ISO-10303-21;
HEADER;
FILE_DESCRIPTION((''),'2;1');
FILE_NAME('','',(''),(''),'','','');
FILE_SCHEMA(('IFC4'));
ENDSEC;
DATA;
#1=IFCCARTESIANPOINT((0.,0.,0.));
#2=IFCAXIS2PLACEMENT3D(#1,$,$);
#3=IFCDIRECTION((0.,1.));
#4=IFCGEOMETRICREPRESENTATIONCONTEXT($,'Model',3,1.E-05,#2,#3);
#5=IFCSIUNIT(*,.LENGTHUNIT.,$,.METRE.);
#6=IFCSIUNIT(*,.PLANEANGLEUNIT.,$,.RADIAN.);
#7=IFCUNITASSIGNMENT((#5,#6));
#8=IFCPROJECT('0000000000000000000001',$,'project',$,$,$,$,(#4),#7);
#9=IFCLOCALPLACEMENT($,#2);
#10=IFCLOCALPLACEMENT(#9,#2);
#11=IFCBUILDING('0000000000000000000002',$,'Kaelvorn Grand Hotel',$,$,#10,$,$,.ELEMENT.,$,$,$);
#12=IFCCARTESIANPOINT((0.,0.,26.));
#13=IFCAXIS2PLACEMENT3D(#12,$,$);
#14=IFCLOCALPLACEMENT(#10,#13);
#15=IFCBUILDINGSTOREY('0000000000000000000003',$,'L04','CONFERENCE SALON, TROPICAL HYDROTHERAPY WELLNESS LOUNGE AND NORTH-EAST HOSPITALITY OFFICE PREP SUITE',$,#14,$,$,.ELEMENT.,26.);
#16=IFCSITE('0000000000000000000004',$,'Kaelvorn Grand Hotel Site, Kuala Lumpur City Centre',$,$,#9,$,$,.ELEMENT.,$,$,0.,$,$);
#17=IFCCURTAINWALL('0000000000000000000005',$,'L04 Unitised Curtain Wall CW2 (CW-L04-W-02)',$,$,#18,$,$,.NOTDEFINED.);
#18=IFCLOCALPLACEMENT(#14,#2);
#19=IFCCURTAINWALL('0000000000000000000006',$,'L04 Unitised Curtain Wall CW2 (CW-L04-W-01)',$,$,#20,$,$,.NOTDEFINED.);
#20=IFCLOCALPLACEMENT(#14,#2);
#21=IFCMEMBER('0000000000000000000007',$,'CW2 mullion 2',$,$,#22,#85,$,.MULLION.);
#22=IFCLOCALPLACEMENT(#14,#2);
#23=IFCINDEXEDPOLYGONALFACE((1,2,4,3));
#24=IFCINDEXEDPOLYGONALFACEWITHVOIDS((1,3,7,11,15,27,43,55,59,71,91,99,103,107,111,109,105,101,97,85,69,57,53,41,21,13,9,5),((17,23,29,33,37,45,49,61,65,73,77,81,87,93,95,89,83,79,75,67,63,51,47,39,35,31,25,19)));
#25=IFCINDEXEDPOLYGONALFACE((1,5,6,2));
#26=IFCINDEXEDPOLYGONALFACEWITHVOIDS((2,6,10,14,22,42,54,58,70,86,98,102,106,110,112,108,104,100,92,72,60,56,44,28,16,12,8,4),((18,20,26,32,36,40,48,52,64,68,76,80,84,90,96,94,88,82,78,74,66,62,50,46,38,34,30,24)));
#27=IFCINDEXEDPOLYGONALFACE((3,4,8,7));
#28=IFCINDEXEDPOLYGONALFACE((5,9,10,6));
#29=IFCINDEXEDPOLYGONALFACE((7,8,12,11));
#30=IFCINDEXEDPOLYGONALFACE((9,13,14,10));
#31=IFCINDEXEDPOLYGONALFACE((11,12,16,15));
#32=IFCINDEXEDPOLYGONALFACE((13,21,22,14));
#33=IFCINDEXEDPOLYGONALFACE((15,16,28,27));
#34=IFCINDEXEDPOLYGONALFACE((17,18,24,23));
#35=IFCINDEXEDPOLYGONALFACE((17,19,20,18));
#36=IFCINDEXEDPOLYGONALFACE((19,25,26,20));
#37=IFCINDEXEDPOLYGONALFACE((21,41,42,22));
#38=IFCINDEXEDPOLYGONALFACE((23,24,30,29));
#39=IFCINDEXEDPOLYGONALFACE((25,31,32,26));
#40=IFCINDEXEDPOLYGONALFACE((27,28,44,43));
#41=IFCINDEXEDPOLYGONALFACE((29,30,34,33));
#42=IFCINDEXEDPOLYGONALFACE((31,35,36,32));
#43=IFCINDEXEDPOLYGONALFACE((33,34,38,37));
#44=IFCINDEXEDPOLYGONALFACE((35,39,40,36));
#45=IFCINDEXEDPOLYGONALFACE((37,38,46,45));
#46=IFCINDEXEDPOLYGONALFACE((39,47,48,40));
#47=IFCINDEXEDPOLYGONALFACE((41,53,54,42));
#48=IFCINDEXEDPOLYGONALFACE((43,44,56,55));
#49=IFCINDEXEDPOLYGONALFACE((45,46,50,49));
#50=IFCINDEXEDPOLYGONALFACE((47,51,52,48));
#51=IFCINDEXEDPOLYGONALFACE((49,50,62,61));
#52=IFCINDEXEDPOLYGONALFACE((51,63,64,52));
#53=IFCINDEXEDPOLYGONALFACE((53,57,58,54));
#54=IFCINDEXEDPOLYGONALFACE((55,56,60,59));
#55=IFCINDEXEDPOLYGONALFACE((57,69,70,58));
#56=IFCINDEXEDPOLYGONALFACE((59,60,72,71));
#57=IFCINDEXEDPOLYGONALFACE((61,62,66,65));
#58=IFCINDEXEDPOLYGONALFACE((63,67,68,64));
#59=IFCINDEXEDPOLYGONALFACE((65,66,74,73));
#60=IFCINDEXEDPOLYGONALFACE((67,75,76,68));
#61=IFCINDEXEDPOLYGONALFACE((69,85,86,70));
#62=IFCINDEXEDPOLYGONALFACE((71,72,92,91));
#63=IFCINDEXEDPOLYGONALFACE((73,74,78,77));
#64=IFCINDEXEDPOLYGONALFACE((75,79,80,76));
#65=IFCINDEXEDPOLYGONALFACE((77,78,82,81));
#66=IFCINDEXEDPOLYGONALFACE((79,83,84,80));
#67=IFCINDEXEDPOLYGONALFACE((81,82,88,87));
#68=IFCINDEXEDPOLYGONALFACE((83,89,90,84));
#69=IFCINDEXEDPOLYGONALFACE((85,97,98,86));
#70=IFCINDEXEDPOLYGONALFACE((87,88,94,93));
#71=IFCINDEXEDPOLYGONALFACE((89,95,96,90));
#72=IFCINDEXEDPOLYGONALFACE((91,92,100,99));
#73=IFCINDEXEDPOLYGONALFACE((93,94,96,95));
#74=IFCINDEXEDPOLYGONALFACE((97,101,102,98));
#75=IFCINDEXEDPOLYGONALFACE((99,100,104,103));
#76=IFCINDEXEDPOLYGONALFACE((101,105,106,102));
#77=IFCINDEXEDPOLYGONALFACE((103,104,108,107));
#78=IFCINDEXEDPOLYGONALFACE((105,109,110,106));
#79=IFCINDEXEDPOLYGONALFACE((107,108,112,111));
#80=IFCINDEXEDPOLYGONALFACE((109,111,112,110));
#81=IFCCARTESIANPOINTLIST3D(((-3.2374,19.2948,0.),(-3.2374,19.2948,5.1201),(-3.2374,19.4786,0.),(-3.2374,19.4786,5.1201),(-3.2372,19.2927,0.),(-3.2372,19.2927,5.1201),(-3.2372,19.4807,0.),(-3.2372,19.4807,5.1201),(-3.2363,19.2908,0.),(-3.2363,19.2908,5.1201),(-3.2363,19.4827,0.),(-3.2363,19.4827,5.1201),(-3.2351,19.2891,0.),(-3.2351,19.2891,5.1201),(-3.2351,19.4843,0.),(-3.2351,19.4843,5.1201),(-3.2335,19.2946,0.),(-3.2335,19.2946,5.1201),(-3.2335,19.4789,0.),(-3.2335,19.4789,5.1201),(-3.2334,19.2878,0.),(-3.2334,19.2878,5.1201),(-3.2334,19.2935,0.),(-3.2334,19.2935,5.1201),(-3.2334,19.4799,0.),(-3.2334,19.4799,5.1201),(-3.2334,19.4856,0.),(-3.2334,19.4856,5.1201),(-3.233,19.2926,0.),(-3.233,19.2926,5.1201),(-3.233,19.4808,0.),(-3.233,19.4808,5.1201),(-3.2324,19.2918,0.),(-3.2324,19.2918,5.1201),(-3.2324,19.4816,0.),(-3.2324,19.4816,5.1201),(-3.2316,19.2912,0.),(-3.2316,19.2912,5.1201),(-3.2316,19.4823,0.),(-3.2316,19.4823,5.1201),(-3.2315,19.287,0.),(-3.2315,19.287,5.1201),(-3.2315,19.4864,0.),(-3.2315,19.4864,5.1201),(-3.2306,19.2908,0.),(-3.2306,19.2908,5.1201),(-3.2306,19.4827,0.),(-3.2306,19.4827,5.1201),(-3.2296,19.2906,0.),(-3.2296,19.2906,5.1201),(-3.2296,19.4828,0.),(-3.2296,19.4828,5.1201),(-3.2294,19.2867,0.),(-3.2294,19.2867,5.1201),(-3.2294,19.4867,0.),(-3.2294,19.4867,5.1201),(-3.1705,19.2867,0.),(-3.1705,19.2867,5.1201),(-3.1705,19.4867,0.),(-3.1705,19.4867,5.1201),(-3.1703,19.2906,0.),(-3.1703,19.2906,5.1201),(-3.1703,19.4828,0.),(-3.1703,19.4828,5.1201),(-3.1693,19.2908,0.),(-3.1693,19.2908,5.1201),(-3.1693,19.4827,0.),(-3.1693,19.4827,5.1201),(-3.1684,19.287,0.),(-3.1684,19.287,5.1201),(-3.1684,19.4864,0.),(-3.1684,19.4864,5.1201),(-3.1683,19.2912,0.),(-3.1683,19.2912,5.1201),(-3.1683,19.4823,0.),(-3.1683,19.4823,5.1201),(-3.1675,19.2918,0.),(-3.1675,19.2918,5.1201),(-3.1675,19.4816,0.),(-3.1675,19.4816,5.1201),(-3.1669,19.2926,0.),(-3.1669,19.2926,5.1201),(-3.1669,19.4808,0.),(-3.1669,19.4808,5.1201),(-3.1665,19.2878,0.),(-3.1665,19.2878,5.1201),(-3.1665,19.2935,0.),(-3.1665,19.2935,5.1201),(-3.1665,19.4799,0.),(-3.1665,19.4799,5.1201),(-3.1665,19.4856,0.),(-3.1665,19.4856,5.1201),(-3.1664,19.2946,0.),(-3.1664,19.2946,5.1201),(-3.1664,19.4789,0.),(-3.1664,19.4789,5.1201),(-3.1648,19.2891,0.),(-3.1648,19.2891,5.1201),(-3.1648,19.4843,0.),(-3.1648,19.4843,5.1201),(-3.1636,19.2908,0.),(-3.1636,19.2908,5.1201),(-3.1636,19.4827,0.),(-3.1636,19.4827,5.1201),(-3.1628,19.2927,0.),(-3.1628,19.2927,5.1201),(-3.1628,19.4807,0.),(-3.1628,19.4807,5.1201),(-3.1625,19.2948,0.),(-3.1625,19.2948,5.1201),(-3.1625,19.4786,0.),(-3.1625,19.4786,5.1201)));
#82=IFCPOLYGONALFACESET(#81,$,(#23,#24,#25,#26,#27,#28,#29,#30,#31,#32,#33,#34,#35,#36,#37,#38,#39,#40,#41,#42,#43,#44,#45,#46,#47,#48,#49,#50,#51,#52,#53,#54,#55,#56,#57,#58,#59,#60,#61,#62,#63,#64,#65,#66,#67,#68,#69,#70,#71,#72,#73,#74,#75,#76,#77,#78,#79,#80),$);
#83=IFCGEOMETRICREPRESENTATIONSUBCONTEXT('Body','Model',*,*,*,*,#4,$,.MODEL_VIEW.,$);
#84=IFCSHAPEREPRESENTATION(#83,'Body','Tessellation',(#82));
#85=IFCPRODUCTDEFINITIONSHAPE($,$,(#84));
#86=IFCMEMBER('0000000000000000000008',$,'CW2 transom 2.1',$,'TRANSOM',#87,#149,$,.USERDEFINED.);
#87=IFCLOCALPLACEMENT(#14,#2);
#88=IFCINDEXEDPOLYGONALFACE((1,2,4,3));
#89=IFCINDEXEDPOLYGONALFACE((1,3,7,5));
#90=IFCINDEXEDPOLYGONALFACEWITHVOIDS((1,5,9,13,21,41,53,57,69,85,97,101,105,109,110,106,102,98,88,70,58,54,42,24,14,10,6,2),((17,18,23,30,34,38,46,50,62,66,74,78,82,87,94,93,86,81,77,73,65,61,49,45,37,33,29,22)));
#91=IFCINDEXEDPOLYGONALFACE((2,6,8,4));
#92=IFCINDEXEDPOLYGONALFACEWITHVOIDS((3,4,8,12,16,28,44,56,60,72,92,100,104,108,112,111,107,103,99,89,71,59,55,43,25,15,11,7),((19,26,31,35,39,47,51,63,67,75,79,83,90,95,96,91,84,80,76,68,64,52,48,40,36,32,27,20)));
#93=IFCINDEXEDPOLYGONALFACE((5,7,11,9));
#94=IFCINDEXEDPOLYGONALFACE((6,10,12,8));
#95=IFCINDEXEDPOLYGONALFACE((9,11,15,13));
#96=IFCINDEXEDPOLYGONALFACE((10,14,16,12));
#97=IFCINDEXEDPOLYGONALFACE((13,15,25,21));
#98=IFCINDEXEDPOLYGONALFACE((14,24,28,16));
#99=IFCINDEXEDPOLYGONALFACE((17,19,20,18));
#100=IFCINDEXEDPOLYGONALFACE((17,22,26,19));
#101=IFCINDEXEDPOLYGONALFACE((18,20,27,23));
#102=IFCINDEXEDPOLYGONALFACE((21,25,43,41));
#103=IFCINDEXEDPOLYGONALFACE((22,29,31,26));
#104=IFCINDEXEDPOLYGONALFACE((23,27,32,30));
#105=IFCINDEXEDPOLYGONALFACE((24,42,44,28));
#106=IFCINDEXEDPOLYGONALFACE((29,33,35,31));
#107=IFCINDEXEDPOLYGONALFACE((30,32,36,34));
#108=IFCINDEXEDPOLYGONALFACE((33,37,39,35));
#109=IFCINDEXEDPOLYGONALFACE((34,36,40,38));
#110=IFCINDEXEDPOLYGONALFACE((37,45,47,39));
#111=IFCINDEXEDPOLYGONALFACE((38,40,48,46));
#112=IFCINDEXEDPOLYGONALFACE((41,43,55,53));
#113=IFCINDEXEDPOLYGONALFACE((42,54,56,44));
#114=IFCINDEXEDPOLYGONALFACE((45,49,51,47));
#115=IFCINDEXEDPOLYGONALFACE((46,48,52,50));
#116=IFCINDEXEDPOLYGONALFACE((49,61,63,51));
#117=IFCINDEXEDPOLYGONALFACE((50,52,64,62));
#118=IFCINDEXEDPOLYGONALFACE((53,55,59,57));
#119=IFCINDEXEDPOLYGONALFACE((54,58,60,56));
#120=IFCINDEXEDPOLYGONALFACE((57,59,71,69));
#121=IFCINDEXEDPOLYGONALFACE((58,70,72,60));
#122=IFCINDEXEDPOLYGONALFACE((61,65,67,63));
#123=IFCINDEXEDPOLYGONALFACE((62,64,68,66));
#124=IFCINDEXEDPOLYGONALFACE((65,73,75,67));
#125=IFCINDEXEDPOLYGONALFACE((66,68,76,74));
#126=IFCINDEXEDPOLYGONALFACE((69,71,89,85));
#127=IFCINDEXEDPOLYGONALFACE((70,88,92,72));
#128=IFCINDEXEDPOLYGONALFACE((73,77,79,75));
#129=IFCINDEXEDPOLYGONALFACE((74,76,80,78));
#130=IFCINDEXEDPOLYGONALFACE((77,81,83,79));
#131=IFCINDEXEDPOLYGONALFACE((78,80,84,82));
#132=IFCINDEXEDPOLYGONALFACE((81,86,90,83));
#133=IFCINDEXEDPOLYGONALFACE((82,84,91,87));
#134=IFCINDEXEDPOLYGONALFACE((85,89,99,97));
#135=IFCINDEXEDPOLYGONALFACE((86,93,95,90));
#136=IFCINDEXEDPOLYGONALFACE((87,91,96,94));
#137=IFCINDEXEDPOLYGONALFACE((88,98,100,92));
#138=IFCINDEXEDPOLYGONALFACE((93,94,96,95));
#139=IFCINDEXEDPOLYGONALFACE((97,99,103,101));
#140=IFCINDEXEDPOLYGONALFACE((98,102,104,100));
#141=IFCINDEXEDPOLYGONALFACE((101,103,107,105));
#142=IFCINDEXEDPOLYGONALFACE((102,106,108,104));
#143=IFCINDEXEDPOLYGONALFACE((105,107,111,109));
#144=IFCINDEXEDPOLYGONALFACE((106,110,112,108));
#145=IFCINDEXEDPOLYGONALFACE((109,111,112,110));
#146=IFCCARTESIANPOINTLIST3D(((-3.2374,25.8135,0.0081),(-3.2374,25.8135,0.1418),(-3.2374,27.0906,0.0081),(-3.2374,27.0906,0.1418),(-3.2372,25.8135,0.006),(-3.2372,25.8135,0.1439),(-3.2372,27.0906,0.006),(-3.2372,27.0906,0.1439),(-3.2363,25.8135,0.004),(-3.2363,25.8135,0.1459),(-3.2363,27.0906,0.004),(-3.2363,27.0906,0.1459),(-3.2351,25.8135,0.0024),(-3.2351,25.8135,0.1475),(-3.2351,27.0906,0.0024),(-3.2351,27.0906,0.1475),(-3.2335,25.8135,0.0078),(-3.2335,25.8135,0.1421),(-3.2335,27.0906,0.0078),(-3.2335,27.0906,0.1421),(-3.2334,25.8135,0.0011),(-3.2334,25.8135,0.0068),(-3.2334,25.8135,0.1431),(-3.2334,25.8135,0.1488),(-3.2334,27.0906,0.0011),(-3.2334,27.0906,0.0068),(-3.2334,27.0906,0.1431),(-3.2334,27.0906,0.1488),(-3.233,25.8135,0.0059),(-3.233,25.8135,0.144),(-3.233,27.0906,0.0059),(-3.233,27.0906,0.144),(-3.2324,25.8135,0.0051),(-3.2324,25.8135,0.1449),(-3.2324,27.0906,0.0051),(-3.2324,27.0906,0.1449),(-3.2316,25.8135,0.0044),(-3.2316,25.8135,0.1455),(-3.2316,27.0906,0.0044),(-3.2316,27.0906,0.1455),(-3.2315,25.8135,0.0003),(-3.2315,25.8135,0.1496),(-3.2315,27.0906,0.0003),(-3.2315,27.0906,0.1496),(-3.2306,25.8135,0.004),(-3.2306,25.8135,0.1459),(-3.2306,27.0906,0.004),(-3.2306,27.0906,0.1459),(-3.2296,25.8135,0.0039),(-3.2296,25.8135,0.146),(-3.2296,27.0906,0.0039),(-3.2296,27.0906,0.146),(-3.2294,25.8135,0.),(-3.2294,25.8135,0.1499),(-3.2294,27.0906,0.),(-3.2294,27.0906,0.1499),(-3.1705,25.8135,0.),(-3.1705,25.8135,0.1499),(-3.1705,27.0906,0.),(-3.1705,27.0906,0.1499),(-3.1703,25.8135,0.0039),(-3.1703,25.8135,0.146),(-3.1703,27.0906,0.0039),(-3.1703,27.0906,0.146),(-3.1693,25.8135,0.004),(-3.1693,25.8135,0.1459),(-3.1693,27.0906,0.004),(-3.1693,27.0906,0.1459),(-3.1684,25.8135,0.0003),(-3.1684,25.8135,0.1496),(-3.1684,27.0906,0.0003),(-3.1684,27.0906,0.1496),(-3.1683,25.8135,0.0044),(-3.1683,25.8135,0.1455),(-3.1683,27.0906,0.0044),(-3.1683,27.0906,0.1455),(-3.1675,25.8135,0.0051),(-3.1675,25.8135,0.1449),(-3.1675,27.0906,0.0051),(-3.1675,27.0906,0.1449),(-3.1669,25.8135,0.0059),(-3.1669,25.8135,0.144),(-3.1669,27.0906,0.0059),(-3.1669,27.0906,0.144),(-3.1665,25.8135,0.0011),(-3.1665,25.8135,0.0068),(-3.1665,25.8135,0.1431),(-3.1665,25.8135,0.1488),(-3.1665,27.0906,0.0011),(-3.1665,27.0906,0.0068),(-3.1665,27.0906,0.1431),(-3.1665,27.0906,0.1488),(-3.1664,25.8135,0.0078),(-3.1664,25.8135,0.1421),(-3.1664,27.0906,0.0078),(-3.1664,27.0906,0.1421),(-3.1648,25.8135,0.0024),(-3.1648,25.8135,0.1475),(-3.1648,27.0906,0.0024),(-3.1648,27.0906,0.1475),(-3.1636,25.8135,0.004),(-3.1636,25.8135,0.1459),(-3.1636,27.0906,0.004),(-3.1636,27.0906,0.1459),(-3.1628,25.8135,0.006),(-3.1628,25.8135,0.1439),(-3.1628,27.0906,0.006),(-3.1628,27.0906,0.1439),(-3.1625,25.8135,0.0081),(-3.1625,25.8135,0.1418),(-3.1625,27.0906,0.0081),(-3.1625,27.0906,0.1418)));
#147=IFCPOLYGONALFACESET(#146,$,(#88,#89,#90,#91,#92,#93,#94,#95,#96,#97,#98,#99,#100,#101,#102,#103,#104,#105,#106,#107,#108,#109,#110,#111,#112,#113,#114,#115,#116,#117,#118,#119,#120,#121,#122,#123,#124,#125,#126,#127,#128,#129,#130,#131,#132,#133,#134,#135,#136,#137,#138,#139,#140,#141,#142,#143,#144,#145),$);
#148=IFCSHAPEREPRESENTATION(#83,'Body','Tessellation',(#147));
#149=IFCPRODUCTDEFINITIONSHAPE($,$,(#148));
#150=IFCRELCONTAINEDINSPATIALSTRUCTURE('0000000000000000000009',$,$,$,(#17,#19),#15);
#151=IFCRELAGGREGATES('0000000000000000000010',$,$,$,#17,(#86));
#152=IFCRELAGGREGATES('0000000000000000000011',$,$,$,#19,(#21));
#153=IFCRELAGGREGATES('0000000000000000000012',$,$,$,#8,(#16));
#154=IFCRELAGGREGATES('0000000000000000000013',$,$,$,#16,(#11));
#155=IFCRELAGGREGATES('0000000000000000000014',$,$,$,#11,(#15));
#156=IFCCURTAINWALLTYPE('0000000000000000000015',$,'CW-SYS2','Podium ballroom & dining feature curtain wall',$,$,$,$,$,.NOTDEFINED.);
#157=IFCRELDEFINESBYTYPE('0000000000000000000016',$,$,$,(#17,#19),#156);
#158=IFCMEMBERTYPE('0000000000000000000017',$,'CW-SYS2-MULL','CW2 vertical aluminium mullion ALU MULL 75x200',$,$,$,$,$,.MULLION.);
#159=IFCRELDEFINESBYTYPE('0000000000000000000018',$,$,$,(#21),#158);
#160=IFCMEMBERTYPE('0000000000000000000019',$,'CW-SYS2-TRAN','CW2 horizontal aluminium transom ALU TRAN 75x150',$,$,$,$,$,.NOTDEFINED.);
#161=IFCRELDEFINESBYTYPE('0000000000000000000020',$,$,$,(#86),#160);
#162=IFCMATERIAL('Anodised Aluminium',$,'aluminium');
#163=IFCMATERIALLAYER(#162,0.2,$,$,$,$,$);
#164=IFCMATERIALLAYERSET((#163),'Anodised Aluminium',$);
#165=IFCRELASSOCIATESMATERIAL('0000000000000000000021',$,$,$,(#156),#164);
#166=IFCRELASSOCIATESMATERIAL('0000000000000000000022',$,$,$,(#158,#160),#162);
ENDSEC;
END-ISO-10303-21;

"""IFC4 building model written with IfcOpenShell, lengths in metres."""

from ifc_helpers import new_model, si_unit, direction, frame, origin, origin_2d, place, context, subcontext, project, spatial, hollow_rectangle, extrude, material, layer, layer_set, material_profile, profile_set, type_object, element, aggregate, save


model = new_model("IFC4")

# Units and contexts
model_context = context("Model", 3, precision=1e-05, world=origin(), true_north=direction((0.0, 1.0)))
body_context = subcontext(model_context, "Body", "Model", "MODEL_VIEW")
ifc_project = project(units=[si_unit("LENGTHUNIT", "METRE"), si_unit("PLANEANGLEUNIT", "RADIAN")], contexts=[model_context])

# Site, building, storey
site_placement = place(None, origin())
site = spatial("IfcSite", under=ifc_project, at=site_placement, Name="Kaelvorn Grand Hotel Site, Kuala Lumpur City Centre", CompositionType="ELEMENT", RefElevation=0.0)
building_placement = place(site_placement, origin())
building = spatial("IfcBuilding", under=site, at=building_placement, Name="Kaelvorn Grand Hotel", CompositionType="ELEMENT")
storey_placement = place(building_placement, frame((0.0, 0.0, 26.0)))
storey = spatial("IfcBuildingStorey", under=building, at=storey_placement, Name="L04", Description="CONFERENCE SALON, TROPICAL HYDROTHERAPY WELLNESS LOUNGE AND NORTH-EAST HOSPITALITY OFFICE PREP SUITE", CompositionType="ELEMENT", Elevation=26.0)

# Curtain walls, member
ifc_material_1 = material(Name="Anodised Aluminium", Category="aluminium")
ifc_layer_1 = layer(ifc_material_1, 0.2)
ifc_layer_set_1 = layer_set([ifc_layer_1], Name="Anodised Aluminium")
curtain_wall_type = type_object("IfcCurtainWallType", Name="CW-SYS2", Description="Podium ballroom & dining feature curtain wall", PredefinedType="NOTDEFINED", material=ifc_layer_set_1)
curtain_wall_1_placement = place(storey_placement, origin())
curtain_wall_1 = element("IfcCurtainWall", 1, at=curtain_wall_1_placement, inside=storey, type_object=curtain_wall_type, Name="L04 Unitised Curtain Wall CW2 (CW-L04-W-02)", PredefinedType="NOTDEFINED")
ifc_material_profile_1 = material_profile(ifc_material_1, hollow_rectangle(XDim=0.075, YDim=0.2, WallThickness=0.0039, InnerFilletRadius=0.0039, OuterFilletRadius=0.0081, at=origin_2d()), Name="ALU MULL 75x200")
ifc_profile_set_1 = profile_set([ifc_material_profile_1], Name="Anodised Aluminium")
member_type_1 = type_object("IfcMemberType", Name="CW-SYS2-MULL", Description="CW2 vertical aluminium mullion ALU MULL 75x200", PredefinedType="MULLION", material=ifc_profile_set_1)
curtain_wall_2_placement = place(storey_placement, origin())
curtain_wall_2 = element("IfcCurtainWall", 2, at=curtain_wall_2_placement, inside=storey, type_object=curtain_wall_type, Name="L04 Unitised Curtain Wall CW2 (CW-L04-W-01)", PredefinedType="NOTDEFINED")
member_1_placement = place(storey_placement, frame((-3.2, 19.3867, 0.0), z_axis=(0.0, 0.0, 1.0), x_axis=(1.0, 0.0, 0.0)))
member_1 = element("IfcMember", 3, at=member_1_placement, type_object=member_type_1, Name="CW2 mullion 2", PredefinedType="MULLION", context=body_context, shape_type="SweptSolid", body=[
    extrude(hollow_rectangle(XDim=0.075, YDim=0.2, WallThickness=0.0039, InnerFilletRadius=0.0039, OuterFilletRadius=0.0081, at=origin_2d()), origin(), (0.0, 0.0, 1.0), 5.1201),
])

# Member
ifc_material_profile_2 = material_profile(ifc_material_1, hollow_rectangle(XDim=0.075, YDim=0.1499, WallThickness=0.0039, InnerFilletRadius=0.0039, OuterFilletRadius=0.0081, at=origin_2d()), Name="ALU TRAN 75x150")
ifc_profile_set_2 = profile_set([ifc_material_profile_2], Name="Anodised Aluminium")
member_type_2 = type_object("IfcMemberType", Name="CW-SYS2-TRAN", Description="CW2 horizontal aluminium transom ALU TRAN 75x150", PredefinedType="NOTDEFINED", material=ifc_profile_set_2)
member_2_placement = place(storey_placement, frame((-3.2, 27.0906, 0.075), z_axis=(0.0, -1.0, 0.0), x_axis=(1.0, 0.0, 0.0)))
member_2 = element("IfcMember", 4, at=member_2_placement, type_object=member_type_2, Name="CW2 transom 2.1", ObjectType="TRANSOM", PredefinedType="USERDEFINED", context=body_context, shape_type="SweptSolid", body=[
    extrude(hollow_rectangle(XDim=0.075, YDim=0.1499, WallThickness=0.0039, InnerFilletRadius=0.0039, OuterFilletRadius=0.0081, at=origin_2d()), origin(), (0.0, 0.0, 1.0), 1.2771),
])

aggregate(curtain_wall_1, [member_2])
aggregate(curtain_wall_2, [member_1])

save(model, "model.ifc")
